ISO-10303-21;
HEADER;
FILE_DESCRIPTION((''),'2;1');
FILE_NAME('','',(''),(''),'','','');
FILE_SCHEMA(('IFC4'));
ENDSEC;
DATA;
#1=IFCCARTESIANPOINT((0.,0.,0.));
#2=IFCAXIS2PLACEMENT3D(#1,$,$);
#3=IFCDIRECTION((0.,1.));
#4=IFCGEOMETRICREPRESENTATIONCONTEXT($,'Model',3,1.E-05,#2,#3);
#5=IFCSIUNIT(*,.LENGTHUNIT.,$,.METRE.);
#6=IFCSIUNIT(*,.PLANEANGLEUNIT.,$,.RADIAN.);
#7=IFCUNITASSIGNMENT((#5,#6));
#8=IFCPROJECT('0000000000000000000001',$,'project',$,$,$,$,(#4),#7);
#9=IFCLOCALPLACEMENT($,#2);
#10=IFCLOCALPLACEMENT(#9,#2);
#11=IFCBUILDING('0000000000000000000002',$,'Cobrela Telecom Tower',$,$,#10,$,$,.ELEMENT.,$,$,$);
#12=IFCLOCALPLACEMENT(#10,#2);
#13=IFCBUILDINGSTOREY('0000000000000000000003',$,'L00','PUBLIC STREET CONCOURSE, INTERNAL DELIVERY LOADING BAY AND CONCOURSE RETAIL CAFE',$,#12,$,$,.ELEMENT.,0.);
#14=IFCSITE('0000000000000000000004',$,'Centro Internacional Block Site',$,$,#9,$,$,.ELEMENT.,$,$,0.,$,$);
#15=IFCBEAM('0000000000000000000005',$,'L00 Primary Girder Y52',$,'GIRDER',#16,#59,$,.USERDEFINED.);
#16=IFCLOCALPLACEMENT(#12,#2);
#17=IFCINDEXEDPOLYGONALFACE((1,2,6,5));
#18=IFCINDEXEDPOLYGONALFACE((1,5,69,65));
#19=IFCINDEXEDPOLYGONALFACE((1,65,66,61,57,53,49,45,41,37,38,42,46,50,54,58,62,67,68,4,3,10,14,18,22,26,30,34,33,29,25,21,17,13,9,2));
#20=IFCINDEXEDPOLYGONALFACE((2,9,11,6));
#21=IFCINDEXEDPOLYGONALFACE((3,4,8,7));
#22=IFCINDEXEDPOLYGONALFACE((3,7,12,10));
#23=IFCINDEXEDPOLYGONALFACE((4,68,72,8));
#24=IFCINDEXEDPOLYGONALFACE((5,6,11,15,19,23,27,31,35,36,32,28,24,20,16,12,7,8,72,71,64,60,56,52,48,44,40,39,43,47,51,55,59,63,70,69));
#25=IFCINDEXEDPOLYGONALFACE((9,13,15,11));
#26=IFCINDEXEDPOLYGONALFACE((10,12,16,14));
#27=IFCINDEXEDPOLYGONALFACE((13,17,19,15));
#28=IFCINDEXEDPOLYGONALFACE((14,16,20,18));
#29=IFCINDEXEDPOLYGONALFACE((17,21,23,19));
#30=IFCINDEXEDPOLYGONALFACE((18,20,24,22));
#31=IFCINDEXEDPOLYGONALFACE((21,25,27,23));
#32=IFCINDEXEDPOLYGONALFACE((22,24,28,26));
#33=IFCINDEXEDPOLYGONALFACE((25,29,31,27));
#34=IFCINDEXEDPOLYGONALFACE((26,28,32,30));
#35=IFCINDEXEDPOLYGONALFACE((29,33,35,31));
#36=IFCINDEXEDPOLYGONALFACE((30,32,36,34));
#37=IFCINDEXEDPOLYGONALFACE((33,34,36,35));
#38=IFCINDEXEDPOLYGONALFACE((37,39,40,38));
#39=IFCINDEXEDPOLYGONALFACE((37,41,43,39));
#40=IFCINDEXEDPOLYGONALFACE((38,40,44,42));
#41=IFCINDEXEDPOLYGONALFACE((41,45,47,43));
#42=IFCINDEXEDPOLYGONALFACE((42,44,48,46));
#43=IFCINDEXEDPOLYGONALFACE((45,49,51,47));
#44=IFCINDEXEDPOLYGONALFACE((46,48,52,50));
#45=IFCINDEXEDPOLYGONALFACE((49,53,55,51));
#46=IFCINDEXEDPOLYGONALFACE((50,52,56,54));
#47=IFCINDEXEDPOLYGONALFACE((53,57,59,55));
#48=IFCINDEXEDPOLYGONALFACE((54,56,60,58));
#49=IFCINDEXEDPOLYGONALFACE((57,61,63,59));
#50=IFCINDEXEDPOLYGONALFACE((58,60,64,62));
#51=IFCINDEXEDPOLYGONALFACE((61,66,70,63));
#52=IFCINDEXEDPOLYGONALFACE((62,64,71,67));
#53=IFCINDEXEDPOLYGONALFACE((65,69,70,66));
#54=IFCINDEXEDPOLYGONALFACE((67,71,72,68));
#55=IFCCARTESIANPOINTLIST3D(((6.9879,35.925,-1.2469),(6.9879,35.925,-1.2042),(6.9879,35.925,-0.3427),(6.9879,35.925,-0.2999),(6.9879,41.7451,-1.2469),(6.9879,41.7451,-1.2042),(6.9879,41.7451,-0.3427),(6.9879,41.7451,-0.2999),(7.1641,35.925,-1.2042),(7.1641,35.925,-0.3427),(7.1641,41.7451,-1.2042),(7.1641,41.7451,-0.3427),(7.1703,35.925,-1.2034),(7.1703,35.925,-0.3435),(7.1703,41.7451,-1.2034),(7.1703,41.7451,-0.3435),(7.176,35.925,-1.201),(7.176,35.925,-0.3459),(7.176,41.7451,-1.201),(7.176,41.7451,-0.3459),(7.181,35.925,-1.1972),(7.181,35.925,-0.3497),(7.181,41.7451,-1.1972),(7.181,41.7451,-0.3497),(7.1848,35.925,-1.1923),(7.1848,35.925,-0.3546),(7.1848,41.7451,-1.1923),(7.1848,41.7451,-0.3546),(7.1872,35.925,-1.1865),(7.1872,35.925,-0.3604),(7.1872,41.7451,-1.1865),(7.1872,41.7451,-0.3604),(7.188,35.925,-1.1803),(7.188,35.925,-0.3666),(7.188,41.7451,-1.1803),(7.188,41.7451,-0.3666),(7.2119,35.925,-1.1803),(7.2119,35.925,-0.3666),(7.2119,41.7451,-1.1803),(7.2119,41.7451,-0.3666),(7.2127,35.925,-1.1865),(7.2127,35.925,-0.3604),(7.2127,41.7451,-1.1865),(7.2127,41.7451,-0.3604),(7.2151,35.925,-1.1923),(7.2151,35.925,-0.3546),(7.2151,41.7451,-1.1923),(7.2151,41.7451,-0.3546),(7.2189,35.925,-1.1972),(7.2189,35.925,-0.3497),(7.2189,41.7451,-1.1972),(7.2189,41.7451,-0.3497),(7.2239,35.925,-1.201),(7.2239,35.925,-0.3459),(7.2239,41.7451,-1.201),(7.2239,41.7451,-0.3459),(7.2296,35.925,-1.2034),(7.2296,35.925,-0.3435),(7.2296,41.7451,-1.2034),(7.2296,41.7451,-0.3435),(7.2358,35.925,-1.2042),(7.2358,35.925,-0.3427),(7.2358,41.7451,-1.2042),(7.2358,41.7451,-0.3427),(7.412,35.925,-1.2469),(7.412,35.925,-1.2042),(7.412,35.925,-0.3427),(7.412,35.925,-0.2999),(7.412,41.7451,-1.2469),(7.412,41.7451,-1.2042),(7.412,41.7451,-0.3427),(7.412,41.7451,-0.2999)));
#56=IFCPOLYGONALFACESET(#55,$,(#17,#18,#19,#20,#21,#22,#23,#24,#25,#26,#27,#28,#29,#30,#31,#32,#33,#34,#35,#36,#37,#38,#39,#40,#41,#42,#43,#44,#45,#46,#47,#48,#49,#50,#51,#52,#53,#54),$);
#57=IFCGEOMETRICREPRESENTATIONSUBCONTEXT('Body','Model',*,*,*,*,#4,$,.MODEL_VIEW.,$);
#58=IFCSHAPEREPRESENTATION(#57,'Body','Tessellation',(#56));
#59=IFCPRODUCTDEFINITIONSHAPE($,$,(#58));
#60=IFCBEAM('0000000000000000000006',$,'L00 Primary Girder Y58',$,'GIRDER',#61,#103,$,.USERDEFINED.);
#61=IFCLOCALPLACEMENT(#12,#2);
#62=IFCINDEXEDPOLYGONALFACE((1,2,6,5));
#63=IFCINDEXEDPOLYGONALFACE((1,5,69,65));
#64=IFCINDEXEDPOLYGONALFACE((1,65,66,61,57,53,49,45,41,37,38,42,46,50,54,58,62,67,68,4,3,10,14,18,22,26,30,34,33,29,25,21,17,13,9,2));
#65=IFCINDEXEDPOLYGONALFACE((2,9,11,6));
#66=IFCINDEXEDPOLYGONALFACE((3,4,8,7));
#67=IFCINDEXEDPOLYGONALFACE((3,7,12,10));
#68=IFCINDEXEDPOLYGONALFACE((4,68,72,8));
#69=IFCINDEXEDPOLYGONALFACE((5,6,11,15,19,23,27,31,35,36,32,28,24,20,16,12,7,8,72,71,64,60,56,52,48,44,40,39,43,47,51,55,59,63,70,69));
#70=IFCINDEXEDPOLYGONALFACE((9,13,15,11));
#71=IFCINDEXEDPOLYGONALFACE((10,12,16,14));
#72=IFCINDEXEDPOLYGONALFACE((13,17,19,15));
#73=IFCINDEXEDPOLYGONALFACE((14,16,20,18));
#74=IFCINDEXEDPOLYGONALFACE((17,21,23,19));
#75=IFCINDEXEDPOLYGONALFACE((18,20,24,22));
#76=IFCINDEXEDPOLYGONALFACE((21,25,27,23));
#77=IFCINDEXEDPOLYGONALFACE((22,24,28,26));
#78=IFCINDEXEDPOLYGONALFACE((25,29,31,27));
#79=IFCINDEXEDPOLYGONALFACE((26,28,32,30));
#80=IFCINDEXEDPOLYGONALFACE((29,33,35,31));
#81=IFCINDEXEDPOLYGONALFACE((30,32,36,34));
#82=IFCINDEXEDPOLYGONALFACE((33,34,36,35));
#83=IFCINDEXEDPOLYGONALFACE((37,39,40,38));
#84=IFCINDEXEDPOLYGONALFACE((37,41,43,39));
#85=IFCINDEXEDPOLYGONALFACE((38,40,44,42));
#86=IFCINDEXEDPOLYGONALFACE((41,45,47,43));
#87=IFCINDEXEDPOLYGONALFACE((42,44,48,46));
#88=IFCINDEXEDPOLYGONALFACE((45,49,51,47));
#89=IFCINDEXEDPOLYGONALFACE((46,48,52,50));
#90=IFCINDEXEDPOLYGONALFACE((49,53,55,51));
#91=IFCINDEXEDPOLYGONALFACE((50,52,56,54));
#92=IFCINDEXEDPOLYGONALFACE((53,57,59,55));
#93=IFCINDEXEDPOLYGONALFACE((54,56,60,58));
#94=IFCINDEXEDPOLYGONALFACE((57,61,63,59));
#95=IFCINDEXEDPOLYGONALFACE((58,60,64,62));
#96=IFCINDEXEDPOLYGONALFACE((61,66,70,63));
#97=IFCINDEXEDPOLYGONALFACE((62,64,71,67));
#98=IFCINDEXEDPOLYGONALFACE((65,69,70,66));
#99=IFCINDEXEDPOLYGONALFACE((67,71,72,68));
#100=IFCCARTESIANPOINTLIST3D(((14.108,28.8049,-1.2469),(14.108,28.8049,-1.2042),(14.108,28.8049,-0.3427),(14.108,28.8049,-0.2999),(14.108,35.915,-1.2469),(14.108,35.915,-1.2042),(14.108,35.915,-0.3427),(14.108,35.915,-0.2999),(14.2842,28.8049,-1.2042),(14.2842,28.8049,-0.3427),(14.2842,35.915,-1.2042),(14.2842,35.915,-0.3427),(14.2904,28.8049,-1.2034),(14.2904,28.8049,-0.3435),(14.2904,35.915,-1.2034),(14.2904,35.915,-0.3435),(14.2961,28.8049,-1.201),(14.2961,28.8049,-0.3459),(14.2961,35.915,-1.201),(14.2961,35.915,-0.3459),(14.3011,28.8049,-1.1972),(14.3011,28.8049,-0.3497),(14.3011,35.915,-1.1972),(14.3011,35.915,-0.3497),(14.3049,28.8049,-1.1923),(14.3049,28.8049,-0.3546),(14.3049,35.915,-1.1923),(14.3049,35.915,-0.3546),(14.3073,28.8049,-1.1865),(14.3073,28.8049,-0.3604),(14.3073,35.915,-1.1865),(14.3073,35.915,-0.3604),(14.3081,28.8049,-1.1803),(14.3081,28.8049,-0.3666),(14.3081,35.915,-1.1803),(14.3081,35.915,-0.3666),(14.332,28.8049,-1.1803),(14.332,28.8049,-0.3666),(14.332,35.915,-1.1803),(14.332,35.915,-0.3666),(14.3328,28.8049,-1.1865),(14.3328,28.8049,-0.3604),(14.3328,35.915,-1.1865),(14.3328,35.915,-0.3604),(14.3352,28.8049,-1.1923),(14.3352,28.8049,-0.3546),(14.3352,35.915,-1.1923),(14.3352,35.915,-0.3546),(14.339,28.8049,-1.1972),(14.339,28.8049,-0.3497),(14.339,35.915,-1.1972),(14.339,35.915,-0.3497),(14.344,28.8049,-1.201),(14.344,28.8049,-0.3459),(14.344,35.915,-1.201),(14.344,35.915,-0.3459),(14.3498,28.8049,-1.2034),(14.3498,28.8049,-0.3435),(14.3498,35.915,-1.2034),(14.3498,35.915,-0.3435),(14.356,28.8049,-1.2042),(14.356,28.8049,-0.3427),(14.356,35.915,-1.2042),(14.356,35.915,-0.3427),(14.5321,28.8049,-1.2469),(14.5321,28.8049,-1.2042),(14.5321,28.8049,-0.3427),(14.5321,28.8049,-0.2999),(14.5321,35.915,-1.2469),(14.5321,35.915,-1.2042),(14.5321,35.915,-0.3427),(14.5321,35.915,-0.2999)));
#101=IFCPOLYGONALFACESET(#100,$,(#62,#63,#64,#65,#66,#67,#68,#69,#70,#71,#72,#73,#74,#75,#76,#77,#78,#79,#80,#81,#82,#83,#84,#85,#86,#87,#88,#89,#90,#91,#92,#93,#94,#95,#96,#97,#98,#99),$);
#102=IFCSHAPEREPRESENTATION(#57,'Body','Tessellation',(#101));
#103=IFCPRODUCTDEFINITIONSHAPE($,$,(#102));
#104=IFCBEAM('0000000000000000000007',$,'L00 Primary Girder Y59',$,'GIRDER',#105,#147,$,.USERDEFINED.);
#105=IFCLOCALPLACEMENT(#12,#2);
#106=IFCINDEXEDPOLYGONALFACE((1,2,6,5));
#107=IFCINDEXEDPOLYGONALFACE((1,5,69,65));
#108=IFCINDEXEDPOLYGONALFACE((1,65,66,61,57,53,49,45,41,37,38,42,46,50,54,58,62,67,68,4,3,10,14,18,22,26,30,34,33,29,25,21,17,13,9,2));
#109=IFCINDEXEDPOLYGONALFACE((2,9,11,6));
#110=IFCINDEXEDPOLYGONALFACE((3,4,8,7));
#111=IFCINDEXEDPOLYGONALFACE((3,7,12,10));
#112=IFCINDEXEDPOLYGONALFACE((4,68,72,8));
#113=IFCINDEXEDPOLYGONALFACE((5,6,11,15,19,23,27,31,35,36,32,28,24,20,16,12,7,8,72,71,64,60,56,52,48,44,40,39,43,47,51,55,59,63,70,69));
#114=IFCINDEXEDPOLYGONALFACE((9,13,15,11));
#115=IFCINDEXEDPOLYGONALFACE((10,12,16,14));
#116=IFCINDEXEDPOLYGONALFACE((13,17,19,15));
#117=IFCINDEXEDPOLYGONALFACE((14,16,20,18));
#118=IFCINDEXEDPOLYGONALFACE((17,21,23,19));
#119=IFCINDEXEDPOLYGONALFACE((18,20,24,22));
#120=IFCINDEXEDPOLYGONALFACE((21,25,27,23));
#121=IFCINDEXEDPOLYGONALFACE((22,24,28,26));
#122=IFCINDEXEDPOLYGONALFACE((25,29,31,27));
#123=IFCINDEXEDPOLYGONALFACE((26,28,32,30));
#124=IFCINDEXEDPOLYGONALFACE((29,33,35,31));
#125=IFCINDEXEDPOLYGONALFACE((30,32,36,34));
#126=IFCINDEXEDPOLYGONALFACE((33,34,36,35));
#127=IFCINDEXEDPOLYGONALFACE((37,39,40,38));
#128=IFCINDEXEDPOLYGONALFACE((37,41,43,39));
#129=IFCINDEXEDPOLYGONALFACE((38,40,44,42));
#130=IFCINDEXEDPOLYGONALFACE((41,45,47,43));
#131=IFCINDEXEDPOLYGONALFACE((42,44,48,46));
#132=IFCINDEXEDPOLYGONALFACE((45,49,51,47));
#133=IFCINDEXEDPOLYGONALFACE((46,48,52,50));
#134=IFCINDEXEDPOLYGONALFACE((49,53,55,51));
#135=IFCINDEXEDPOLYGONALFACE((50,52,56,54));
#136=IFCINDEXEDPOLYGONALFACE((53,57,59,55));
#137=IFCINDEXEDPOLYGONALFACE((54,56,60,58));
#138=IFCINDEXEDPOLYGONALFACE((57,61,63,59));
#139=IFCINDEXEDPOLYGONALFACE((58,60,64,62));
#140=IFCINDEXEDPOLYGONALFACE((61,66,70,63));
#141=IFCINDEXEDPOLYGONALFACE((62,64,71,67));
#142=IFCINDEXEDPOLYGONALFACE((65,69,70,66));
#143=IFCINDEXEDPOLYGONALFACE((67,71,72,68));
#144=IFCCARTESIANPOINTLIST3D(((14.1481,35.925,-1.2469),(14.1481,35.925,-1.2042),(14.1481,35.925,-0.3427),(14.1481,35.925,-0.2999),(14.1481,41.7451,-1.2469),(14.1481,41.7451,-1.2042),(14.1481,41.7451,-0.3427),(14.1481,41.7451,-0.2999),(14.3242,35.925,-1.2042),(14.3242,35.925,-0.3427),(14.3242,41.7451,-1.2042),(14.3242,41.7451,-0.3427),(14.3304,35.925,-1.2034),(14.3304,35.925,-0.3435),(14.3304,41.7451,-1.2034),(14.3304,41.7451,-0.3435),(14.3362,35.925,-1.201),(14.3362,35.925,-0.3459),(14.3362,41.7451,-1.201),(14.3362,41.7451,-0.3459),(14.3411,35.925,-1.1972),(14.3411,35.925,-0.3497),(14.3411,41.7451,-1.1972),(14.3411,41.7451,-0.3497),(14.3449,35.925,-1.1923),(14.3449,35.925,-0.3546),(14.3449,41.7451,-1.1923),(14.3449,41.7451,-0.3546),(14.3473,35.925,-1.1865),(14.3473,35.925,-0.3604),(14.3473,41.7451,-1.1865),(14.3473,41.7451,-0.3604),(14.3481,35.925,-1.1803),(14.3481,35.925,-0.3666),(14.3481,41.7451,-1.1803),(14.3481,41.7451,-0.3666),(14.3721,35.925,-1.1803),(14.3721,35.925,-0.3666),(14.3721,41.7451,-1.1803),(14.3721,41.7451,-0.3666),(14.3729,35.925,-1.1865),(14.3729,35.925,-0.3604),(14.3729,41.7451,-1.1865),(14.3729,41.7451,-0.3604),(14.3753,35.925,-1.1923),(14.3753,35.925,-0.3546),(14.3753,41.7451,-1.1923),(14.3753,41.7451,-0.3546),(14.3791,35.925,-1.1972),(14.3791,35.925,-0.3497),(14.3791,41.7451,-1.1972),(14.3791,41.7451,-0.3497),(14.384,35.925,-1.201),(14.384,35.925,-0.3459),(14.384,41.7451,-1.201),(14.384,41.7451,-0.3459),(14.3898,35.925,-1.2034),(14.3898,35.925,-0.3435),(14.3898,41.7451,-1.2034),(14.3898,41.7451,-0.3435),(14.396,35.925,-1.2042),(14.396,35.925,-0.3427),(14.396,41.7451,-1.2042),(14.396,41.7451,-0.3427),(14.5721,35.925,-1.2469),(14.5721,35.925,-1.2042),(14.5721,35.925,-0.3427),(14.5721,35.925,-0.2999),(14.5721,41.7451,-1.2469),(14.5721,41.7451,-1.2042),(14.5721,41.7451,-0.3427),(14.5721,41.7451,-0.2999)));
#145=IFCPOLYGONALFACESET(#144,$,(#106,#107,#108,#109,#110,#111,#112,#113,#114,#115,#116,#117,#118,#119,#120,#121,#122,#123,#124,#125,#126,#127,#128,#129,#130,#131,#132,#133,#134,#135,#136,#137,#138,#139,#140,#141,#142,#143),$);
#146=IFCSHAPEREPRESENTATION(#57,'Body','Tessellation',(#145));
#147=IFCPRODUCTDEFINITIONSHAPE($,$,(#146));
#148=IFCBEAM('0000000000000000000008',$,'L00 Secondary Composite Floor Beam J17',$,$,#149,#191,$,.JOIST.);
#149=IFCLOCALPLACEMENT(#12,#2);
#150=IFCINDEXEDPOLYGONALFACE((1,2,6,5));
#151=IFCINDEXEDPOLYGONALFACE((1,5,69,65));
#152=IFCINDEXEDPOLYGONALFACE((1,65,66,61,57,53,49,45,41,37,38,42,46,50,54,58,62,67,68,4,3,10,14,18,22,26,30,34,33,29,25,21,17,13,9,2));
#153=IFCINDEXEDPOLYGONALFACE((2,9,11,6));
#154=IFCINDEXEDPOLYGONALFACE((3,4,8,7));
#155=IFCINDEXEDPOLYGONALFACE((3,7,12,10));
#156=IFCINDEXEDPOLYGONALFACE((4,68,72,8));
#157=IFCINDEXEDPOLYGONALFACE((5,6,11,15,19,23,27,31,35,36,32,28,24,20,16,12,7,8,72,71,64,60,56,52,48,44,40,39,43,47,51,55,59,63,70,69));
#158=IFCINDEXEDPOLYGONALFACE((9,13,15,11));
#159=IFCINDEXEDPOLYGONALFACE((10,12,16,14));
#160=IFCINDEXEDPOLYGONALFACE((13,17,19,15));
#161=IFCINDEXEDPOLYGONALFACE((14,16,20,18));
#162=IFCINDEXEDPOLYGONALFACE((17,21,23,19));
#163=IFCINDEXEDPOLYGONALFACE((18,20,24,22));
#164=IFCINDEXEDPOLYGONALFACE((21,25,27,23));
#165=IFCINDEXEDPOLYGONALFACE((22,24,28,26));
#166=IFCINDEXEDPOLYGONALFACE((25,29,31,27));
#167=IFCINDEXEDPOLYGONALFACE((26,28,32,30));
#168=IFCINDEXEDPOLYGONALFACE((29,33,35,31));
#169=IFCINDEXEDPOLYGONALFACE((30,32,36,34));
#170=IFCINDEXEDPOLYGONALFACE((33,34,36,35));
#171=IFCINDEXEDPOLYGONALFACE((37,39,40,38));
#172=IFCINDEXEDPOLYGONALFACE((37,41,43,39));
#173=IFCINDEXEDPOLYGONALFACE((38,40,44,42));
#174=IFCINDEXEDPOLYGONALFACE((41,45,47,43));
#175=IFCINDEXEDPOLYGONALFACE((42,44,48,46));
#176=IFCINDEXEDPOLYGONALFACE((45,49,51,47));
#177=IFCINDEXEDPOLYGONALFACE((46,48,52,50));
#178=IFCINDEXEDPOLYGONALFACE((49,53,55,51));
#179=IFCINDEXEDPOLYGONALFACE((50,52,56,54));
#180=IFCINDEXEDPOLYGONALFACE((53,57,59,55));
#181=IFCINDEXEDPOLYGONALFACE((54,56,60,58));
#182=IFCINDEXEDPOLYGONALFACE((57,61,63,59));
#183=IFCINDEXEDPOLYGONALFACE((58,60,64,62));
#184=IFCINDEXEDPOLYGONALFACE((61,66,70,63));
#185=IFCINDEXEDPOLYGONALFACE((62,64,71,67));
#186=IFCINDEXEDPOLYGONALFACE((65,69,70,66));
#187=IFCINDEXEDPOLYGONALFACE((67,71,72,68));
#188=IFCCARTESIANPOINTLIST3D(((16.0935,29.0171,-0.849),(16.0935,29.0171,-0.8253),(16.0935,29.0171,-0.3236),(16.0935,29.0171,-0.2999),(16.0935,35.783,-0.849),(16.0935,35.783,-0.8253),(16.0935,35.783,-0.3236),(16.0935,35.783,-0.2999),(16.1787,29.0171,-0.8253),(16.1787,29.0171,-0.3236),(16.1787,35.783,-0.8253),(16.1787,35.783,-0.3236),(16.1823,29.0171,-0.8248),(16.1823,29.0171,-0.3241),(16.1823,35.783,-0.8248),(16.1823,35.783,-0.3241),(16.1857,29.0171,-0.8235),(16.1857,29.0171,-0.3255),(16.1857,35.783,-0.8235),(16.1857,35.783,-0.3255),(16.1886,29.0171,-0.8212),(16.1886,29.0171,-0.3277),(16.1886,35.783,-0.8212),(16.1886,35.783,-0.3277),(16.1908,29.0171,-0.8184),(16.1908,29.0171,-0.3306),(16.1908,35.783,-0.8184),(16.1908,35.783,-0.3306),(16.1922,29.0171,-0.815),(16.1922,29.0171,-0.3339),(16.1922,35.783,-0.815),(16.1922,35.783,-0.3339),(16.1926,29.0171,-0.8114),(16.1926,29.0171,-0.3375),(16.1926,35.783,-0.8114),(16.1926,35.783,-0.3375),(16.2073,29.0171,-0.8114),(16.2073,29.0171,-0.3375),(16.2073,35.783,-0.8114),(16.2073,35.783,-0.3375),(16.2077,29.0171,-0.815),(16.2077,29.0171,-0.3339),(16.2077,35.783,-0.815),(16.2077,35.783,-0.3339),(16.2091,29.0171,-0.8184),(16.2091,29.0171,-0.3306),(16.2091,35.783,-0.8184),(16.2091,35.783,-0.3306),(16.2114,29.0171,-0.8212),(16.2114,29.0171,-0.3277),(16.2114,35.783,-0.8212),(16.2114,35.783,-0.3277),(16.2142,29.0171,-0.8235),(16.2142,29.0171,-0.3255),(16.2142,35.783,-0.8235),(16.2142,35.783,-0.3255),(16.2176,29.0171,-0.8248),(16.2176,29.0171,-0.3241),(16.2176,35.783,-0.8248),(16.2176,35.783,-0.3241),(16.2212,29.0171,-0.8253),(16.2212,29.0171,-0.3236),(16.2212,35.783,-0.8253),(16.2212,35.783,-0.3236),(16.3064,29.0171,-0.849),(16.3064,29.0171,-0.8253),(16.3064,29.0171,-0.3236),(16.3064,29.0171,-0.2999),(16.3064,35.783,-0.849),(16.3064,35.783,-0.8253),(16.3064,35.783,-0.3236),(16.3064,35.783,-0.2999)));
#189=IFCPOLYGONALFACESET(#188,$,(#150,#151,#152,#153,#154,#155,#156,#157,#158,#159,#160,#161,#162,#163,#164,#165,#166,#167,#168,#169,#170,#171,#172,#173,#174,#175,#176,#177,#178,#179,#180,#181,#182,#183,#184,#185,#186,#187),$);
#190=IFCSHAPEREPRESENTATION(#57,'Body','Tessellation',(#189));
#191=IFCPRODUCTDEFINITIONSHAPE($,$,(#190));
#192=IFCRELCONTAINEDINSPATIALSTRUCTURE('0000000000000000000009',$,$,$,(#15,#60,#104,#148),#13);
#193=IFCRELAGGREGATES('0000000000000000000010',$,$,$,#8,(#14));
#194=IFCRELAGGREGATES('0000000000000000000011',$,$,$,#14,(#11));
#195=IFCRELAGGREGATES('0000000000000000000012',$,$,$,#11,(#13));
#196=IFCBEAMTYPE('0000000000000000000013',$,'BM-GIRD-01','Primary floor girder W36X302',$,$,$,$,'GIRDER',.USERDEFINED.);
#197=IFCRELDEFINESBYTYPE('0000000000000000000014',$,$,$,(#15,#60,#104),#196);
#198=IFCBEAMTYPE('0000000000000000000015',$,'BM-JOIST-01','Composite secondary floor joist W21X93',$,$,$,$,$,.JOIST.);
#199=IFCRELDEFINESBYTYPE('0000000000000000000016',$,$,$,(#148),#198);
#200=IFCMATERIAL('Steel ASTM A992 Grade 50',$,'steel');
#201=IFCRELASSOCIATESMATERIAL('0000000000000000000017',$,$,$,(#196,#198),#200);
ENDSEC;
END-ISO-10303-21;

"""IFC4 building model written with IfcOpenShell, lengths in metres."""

from ifc_helpers import new_model, si_unit, direction, frame, origin, origin_2d, place, context, subcontext, project, spatial, i_section, extrude, material, material_profile, profile_set, type_object, element, save


model = new_model("IFC4")

# Units and contexts
model_context = context("Model", 3, precision=1e-05, world=origin(), true_north=direction((0.0, 1.0)))
body_context = subcontext(model_context, "Body", "Model", "MODEL_VIEW")
ifc_project = project(units=[si_unit("LENGTHUNIT", "METRE"), si_unit("PLANEANGLEUNIT", "RADIAN")], contexts=[model_context])

# Site, building, storey
site_placement = place(None, origin())
site = spatial("IfcSite", under=ifc_project, at=site_placement, Name="Centro Internacional Block Site", CompositionType="ELEMENT", RefElevation=0.0)
building_placement = place(site_placement, origin())
building = spatial("IfcBuilding", under=site, at=building_placement, Name="Cobrela Telecom Tower", CompositionType="ELEMENT")
storey_placement = place(building_placement, origin())
storey = spatial("IfcBuildingStorey", under=building, at=storey_placement, Name="L00", Description="PUBLIC STREET CONCOURSE, INTERNAL DELIVERY LOADING BAY AND CONCOURSE RETAIL CAFE", CompositionType="ELEMENT", Elevation=0.0)

# Beams
ifc_material_1 = material(Name="Steel ASTM A992 Grade 50", Category="steel")
ifc_material_profile_1 = material_profile(ifc_material_1, i_section(OverallWidth=0.4241, OverallDepth=0.947, WebThickness=0.0239, FlangeThickness=0.0427, FilletRadius=0.0239, at=origin_2d()), Name="W36X302")
ifc_profile_set_1 = profile_set([ifc_material_profile_1], Name="Steel ASTM A992 Grade 50")
beam_type_1 = type_object("IfcBeamType", Name="BM-GIRD-01", Description="Primary floor girder W36X302", ElementType="GIRDER", PredefinedType="USERDEFINED", material=ifc_profile_set_1)
beam_1_placement = place(storey_placement, frame((7.2, 35.925, -0.7734), z_axis=(0.0, 1.0, 0.0), x_axis=(-1.0, 0.0, 0.0)))
element("IfcBeam", 1, at=beam_1_placement, inside=storey, type_object=beam_type_1, Name="L00 Primary Girder Y52", ObjectType="GIRDER", PredefinedType="USERDEFINED", context=body_context, shape_type="SweptSolid", body=[
    extrude(i_section(OverallWidth=0.4241, OverallDepth=0.947, WebThickness=0.0239, FlangeThickness=0.0427, FilletRadius=0.0239, at=origin_2d()), origin(), (0.0, 0.0, 1.0), 5.8201),
])
beam_2_placement = place(storey_placement, frame((14.3201, 28.8049, -0.7734), z_axis=(0.0, 1.0, 0.0), x_axis=(-1.0, 0.0, 0.0)))
element("IfcBeam", 2, at=beam_2_placement, inside=storey, type_object=beam_type_1, Name="L00 Primary Girder Y58", ObjectType="GIRDER", PredefinedType="USERDEFINED", context=body_context, shape_type="SweptSolid", body=[
    extrude(i_section(OverallWidth=0.4241, OverallDepth=0.947, WebThickness=0.0239, FlangeThickness=0.0427, FilletRadius=0.0239, at=origin_2d()), origin(), (0.0, 0.0, 1.0), 7.1101),
])
beam_3_placement = place(storey_placement, frame((14.3601, 35.925, -0.7734), z_axis=(0.0, 1.0, 0.0), x_axis=(-1.0, 0.0, 0.0)))
element("IfcBeam", 3, at=beam_3_placement, inside=storey, type_object=beam_type_1, Name="L00 Primary Girder Y59", ObjectType="GIRDER", PredefinedType="USERDEFINED", context=body_context, shape_type="SweptSolid", body=[
    extrude(i_section(OverallWidth=0.4241, OverallDepth=0.947, WebThickness=0.0239, FlangeThickness=0.0427, FilletRadius=0.0239, at=origin_2d()), origin(), (0.0, 0.0, 1.0), 5.8201),
])
ifc_material_profile_2 = material_profile(ifc_material_1, i_section(OverallWidth=0.2129, OverallDepth=0.5491, WebThickness=0.0146, FlangeThickness=0.0237, FilletRadius=0.0139, at=origin_2d()), Name="W21X93")
ifc_profile_set_2 = profile_set([ifc_material_profile_2], Name="Steel ASTM A992 Grade 50")
beam_type_2 = type_object("IfcBeamType", Name="BM-JOIST-01", Description="Composite secondary floor joist W21X93", PredefinedType="JOIST", material=ifc_profile_set_2)
for number, where, z_axis, x_axis, name in (
    (4, (16.2, 29.0171, -0.5745), (0.0, 1.0, 0.0), (-1.0, 0.0, 0.0), "L00 Secondary Composite Floor Beam J17"),
):
    element("IfcBeam", number, at=place(storey_placement, frame(where, z_axis=z_axis, x_axis=x_axis)), inside=storey, type_object=beam_type_2, Name=name, PredefinedType="JOIST", context=body_context, shape_type="SweptSolid", body=[
        extrude(i_section(OverallWidth=0.2129, OverallDepth=0.5491, WebThickness=0.0146, FlangeThickness=0.0237, FilletRadius=0.0139, at=origin_2d()), origin(), (0.0, 0.0, 1.0), 6.7659),
    ])

save(model, "model.ifc")
